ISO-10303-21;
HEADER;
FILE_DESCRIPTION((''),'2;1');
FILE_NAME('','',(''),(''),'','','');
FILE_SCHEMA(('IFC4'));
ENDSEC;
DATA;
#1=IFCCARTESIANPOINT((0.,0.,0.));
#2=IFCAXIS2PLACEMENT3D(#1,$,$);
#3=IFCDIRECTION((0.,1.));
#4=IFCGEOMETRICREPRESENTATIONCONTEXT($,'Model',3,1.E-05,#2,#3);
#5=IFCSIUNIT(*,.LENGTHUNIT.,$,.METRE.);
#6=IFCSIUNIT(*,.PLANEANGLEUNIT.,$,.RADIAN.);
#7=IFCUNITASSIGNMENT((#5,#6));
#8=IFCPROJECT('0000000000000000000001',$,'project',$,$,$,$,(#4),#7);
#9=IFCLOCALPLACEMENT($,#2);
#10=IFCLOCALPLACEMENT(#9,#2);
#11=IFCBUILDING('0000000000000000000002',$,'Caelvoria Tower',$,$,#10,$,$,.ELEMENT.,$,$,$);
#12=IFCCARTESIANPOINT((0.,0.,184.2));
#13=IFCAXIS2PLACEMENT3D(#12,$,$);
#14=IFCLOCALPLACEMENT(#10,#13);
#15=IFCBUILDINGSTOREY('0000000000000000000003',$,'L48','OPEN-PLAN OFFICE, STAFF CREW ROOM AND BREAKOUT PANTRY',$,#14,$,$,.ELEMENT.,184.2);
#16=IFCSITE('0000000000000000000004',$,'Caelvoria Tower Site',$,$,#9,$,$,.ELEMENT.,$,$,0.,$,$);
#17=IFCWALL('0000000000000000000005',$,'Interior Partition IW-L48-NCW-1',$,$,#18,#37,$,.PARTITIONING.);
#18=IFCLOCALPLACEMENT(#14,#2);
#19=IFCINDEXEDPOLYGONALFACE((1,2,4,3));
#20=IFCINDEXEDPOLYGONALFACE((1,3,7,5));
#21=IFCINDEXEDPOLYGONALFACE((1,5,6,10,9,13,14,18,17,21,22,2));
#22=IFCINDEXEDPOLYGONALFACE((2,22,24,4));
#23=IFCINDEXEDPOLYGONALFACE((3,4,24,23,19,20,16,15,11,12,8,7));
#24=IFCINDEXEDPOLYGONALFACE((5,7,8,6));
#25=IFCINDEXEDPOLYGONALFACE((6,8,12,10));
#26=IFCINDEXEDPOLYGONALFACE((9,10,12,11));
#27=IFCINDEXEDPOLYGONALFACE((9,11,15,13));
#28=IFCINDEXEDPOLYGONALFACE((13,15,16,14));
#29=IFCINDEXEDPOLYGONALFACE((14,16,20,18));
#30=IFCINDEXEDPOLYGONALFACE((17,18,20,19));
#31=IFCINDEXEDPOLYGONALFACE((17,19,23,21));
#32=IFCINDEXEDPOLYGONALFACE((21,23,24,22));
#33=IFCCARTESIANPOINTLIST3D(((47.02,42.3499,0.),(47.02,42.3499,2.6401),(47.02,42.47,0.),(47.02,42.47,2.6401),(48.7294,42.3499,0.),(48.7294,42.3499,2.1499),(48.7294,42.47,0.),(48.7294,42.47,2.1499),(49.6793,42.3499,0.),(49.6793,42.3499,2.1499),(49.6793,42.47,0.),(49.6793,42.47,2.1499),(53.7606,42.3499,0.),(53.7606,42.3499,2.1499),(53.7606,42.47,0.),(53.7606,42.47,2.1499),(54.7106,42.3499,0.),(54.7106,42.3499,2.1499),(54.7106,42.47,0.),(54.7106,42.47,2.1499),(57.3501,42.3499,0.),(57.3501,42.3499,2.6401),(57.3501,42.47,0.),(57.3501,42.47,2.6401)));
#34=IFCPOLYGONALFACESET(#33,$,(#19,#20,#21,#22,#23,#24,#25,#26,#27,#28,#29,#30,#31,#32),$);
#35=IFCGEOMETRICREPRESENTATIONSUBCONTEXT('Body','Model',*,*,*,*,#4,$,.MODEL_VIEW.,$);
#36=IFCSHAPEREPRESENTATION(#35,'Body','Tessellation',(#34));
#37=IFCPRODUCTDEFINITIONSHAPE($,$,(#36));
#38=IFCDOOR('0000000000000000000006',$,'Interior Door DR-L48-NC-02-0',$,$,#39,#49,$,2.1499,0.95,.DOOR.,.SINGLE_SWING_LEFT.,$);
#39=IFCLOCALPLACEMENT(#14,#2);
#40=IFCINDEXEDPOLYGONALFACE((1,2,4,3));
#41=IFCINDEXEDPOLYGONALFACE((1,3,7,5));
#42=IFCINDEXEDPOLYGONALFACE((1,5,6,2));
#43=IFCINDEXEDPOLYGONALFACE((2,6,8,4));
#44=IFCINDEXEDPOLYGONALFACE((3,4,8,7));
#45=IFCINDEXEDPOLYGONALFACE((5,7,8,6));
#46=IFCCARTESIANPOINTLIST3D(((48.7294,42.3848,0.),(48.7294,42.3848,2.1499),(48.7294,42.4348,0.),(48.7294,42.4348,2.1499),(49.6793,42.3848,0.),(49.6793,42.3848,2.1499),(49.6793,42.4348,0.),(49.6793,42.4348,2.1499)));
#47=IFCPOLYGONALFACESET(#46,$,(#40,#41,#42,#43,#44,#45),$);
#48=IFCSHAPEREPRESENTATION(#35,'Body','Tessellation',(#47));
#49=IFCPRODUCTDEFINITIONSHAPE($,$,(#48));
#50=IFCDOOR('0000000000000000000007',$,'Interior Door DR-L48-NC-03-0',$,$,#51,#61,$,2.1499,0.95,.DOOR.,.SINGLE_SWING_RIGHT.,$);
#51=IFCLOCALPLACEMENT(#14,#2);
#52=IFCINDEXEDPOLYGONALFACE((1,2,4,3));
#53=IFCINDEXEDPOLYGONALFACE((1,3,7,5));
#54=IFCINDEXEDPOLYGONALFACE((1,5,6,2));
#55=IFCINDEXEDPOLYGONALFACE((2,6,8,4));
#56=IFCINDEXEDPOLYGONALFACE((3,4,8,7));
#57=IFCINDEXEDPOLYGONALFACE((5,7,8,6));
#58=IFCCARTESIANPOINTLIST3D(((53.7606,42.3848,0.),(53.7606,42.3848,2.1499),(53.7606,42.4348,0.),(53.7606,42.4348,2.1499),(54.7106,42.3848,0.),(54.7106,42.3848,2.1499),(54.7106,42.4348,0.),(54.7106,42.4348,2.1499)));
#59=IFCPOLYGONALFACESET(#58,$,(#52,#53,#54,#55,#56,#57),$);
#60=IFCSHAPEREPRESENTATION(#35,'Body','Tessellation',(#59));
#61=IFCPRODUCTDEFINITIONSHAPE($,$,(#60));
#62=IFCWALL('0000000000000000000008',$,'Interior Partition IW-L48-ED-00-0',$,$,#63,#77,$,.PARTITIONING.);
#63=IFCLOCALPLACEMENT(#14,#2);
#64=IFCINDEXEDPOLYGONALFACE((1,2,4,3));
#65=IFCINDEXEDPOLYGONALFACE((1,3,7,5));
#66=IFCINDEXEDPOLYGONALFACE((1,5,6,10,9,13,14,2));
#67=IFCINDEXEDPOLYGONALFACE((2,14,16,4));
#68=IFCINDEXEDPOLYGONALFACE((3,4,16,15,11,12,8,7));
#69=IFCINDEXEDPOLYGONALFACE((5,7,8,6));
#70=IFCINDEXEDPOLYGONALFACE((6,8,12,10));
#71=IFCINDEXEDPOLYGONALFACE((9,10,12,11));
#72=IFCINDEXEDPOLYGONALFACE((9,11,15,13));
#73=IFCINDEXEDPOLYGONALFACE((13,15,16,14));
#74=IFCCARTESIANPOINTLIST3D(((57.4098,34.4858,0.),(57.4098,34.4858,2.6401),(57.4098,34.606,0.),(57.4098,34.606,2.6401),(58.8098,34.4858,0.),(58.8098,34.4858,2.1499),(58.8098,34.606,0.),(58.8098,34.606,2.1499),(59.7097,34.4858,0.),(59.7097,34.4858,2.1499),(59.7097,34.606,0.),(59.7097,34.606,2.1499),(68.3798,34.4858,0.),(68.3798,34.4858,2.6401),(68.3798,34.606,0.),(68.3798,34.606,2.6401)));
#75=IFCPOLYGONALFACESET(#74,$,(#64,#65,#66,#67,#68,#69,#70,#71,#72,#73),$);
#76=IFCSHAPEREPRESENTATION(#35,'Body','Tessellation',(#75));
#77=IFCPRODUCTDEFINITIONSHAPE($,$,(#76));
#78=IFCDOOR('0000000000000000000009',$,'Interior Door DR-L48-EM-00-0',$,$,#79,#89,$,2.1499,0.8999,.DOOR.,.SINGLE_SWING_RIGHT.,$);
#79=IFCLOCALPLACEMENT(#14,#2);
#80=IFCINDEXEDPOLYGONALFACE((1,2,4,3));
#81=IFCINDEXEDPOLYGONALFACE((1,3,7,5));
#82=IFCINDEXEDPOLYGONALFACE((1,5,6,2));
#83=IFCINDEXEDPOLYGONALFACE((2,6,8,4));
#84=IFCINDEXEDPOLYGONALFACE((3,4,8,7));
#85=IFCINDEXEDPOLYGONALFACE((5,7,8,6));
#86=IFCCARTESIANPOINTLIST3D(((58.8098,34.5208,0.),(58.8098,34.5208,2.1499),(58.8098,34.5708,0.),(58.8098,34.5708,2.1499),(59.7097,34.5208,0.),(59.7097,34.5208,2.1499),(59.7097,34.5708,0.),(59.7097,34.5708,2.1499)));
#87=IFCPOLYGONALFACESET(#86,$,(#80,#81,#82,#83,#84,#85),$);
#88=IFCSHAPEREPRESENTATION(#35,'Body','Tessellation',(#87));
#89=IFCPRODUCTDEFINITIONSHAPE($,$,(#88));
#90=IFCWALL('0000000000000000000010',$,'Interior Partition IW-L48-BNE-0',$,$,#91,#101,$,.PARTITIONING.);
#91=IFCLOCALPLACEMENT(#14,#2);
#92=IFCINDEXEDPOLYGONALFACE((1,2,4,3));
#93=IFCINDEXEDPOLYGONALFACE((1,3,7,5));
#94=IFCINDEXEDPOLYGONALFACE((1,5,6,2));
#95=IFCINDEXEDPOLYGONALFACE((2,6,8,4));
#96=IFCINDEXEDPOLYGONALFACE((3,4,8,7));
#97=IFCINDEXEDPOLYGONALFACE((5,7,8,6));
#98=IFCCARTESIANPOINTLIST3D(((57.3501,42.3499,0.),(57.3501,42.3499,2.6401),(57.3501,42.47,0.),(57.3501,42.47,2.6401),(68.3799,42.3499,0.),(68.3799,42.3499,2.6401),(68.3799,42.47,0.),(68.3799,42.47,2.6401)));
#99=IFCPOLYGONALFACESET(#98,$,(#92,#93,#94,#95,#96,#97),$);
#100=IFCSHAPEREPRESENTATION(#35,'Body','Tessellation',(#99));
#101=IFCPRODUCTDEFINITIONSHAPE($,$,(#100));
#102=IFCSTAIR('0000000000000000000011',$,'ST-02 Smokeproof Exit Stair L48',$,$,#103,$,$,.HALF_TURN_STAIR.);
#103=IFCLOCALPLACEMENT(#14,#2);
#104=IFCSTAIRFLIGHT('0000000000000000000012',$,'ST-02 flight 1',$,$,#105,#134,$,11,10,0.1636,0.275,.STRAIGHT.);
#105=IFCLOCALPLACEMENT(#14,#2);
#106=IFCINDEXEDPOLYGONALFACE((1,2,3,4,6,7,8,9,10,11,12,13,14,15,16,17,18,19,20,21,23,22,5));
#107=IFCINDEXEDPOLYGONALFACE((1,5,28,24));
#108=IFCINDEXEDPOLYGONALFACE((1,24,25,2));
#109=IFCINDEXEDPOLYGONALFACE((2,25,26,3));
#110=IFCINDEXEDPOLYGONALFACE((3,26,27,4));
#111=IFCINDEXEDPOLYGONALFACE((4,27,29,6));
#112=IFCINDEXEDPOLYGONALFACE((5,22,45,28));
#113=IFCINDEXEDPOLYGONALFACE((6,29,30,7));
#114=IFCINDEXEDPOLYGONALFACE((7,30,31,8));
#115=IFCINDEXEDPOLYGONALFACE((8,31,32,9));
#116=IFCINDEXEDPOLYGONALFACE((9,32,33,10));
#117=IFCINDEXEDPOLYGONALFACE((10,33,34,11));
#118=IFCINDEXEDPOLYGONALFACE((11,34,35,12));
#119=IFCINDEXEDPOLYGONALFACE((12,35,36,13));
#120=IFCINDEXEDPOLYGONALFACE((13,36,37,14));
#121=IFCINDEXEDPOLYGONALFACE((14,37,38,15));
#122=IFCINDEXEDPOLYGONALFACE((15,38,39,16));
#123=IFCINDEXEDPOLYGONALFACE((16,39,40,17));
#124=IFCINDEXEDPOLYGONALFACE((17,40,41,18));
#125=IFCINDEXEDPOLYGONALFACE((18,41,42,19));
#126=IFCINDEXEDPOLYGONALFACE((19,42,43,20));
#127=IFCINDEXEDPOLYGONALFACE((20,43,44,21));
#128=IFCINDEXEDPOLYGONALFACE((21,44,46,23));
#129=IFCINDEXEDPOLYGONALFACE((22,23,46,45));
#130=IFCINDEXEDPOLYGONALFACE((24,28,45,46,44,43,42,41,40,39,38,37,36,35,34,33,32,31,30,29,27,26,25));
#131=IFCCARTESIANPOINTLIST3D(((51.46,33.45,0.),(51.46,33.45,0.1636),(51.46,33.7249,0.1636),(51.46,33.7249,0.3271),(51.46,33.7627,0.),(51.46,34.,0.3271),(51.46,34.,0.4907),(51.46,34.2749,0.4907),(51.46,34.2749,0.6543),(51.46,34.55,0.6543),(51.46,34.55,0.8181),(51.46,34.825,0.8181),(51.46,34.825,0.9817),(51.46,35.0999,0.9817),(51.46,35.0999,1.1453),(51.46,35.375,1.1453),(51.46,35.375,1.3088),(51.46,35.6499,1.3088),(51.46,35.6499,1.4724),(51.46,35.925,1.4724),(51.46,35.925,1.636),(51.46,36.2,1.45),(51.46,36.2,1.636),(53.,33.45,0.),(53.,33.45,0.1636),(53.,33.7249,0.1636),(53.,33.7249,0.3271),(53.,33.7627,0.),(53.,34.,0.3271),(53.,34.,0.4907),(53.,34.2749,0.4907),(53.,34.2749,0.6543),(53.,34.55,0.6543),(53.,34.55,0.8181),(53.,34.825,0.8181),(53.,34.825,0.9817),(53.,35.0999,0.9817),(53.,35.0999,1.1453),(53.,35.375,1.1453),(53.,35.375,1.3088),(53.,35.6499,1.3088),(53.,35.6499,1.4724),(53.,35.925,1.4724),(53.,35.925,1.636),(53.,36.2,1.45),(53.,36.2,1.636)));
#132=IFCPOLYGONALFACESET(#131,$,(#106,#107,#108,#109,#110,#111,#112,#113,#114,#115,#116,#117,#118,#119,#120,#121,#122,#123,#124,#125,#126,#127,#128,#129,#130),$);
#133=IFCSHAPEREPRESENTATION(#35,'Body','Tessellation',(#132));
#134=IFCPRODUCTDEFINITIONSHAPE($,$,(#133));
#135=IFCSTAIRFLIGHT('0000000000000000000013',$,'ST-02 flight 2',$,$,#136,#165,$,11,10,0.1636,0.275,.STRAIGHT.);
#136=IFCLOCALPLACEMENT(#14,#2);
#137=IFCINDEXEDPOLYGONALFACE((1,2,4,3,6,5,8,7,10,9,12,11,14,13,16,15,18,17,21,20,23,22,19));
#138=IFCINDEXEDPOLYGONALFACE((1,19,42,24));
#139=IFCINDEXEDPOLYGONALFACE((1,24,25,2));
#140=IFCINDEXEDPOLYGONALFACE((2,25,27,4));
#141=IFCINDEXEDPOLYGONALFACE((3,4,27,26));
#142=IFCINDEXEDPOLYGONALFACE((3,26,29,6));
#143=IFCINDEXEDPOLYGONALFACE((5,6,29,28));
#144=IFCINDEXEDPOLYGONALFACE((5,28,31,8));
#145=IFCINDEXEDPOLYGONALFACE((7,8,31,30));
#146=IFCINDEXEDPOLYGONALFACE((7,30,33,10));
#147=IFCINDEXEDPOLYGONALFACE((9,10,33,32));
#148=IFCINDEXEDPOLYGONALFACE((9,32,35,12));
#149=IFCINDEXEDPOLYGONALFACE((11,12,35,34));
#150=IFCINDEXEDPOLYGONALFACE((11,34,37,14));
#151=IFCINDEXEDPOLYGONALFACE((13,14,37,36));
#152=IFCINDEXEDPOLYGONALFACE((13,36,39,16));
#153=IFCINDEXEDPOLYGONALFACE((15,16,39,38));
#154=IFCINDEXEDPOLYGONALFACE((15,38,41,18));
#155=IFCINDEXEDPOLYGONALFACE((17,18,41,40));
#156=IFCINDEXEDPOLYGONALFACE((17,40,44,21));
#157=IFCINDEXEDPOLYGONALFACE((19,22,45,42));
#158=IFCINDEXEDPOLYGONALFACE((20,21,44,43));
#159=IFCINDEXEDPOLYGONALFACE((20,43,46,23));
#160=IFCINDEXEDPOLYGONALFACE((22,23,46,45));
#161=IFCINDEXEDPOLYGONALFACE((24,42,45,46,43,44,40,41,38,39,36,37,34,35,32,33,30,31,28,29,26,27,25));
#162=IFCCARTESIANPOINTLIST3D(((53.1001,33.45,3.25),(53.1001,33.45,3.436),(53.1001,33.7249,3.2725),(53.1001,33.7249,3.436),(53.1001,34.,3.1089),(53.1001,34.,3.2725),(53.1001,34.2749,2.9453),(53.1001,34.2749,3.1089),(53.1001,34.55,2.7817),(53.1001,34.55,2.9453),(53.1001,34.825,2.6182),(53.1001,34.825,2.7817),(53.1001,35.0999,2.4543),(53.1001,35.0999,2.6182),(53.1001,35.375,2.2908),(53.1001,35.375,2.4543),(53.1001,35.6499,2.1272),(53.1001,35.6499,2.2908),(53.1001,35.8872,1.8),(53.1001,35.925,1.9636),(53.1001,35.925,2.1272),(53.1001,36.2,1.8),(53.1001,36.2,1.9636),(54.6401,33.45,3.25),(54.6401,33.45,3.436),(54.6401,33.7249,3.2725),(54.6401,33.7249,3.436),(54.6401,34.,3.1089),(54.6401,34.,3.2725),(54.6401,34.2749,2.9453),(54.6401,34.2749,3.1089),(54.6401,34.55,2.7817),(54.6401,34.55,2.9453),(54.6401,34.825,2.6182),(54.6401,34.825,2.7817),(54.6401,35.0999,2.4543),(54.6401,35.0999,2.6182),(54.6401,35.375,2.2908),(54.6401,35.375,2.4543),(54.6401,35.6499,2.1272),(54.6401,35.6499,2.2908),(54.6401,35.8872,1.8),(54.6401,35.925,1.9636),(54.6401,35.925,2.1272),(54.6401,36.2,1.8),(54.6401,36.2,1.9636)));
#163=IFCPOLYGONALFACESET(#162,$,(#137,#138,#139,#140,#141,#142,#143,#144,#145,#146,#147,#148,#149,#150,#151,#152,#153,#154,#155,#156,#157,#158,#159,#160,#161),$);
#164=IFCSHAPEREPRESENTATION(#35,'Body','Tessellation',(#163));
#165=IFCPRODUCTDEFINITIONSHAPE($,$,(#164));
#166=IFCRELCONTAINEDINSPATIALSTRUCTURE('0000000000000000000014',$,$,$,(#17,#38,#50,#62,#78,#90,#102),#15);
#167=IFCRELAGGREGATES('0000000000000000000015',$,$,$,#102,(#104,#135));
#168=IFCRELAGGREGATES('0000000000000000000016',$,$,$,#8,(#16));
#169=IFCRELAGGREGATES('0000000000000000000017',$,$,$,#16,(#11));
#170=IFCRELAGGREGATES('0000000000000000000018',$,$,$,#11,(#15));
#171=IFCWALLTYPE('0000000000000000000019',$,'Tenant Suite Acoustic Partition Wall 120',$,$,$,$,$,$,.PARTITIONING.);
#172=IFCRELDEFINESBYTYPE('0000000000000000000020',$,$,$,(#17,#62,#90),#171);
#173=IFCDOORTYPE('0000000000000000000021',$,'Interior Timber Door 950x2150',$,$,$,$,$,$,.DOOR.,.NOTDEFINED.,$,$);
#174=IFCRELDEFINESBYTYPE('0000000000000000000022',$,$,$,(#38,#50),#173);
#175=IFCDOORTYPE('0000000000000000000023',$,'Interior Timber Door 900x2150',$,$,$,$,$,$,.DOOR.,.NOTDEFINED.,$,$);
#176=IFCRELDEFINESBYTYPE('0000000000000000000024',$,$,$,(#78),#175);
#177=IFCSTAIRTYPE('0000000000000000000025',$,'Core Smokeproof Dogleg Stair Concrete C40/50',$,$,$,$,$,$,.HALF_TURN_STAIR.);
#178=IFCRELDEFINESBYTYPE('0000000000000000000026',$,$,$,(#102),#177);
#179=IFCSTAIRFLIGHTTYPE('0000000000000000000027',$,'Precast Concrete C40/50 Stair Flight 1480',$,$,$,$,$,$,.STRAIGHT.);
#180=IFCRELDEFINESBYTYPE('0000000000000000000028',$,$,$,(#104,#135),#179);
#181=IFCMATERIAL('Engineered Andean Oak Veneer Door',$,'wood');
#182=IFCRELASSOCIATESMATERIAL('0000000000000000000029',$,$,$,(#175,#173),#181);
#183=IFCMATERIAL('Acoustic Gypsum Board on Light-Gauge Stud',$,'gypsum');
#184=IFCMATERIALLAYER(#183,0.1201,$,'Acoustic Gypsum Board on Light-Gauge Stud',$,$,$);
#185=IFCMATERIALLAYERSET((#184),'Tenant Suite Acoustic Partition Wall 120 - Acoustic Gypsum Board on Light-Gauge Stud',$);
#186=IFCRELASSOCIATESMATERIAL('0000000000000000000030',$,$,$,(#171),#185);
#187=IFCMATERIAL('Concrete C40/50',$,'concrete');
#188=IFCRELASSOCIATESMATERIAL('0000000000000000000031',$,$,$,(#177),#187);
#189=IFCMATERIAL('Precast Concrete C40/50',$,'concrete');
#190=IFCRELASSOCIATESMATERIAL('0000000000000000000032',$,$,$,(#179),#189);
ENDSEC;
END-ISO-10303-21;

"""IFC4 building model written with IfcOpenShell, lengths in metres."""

from ifc_helpers import new_model, si_unit, direction, frame, frame_2d, origin, place, context, subcontext, project, spatial, polyline, rectangle, outline, extrude, material, layer, layer_set, type_object, element, fill, aggregate, save


model = new_model("IFC4")

# Units and contexts
model_context = context("Model", 3, precision=1e-05, world=origin(), true_north=direction((0.0, 1.0)))
body_context = subcontext(model_context, "Body", "Model", "MODEL_VIEW")
ifc_project = project(units=[si_unit("LENGTHUNIT", "METRE"), si_unit("PLANEANGLEUNIT", "RADIAN")], contexts=[model_context])

# Site, building, storey
site_placement = place(None, origin())
site = spatial("IfcSite", under=ifc_project, at=site_placement, Name="Caelvoria Tower Site", CompositionType="ELEMENT", RefElevation=0.0)
building_placement = place(site_placement, origin())
building = spatial("IfcBuilding", under=site, at=building_placement, Name="Caelvoria Tower", CompositionType="ELEMENT")
storey_placement = place(building_placement, frame((0.0, 0.0, 184.2)))
storey = spatial("IfcBuildingStorey", under=building, at=storey_placement, Name="L48", Description="OPEN-PLAN OFFICE, STAFF CREW ROOM AND BREAKOUT PANTRY", CompositionType="ELEMENT", Elevation=184.2)

# Shared definitions
ifc_material_1 = material(Name="Engineered Andean Oak Veneer Door", Category="wood")
door_type_1 = type_object("IfcDoorType", Name="Interior Timber Door 900x2150", OperationType="NOTDEFINED", PredefinedType="DOOR", material=ifc_material_1)
ifc_material_2 = material(Name="Acoustic Gypsum Board on Light-Gauge Stud", Category="gypsum")
ifc_layer_1 = layer(ifc_material_2, 0.1201, Name="Acoustic Gypsum Board on Light-Gauge Stud")
ifc_layer_set_1 = layer_set([ifc_layer_1], Name="Tenant Suite Acoustic Partition Wall 120 - Acoustic Gypsum Board on Light-Gauge Stud")
wall_type_1 = type_object("IfcWallType", Name="Tenant Suite Acoustic Partition Wall 120", PredefinedType="PARTITIONING", material=ifc_layer_set_1)

# Wall, openings, doors
wall_1_placement = place(storey_placement, frame((47.02, 42.4099, 0.0), z_axis=(0.0, 0.0, 1.0), x_axis=(1.0, 0.0, 0.0)))
wall_1 = element("IfcWall", 1, at=wall_1_placement, inside=storey, type_object=wall_type_1, Name="Interior Partition IW-L48-NCW-1", PredefinedType="PARTITIONING", context=body_context, shape_type="SweptSolid", body=[
    extrude(rectangle(XDim=10.3301, YDim=0.1201, at=frame_2d((5.165, 0.0))), origin(), (0.0, 0.0, 1.0), 2.6401),
])
opening_1_placement = place(wall_1_placement, frame((1.7092, 0.0, 0.0)))
opening_1 = element("IfcOpeningElement", 2, at=opening_1_placement, cuts=wall_1, PredefinedType="OPENING", context=body_context, shape_type="SweptSolid", body=[
    extrude(rectangle(XDim=0.95, YDim=2.1499, at=frame_2d((0.4751, 1.075))), frame((0.0, 0.0701, 0.0), z_axis=(0.0, -1.0, 0.0), x_axis=(1.0, 0.0, 0.0)), (0.0, 0.0, 1.0), 0.1401),
])
opening_2_placement = place(wall_1_placement, frame((6.7405, 0.0, 0.0)))
opening_2 = element("IfcOpeningElement", 3, at=opening_2_placement, cuts=wall_1, PredefinedType="OPENING", context=body_context, shape_type="SweptSolid", body=[
    extrude(rectangle(XDim=0.95, YDim=2.1499, at=frame_2d((0.4751, 1.075))), frame((0.0, 0.0701, 0.0), z_axis=(0.0, -1.0, 0.0), x_axis=(1.0, 0.0, 0.0)), (0.0, 0.0, 1.0), 0.1401),
])
door_type_2 = type_object("IfcDoorType", Name="Interior Timber Door 950x2150", OperationType="NOTDEFINED", PredefinedType="DOOR", material=ifc_material_1)
door_1_placement = place(opening_1_placement, origin())
door_1 = element("IfcDoor", 4, at=door_1_placement, inside=storey, type_object=door_type_2, Name="Interior Door DR-L48-NC-02-0", OperationType="SINGLE_SWING_LEFT", OverallHeight=2.1499, OverallWidth=0.95, PredefinedType="DOOR", context=body_context, shape_type="SweptSolid", body=[
    extrude(rectangle(XDim=0.95, YDim=2.1499, at=frame_2d((0.4751, 1.075))), frame((0.0, 0.0249, 0.0), z_axis=(0.0, -1.0, 0.0), x_axis=(1.0, 0.0, 0.0)), (0.0, 0.0, 1.0), 0.05),
])
fill(opening_1, door_1)
door_2_placement = place(opening_2_placement, origin())
door_2 = element("IfcDoor", 5, at=door_2_placement, inside=storey, type_object=door_type_2, Name="Interior Door DR-L48-NC-03-0", OperationType="SINGLE_SWING_RIGHT", OverallHeight=2.1499, OverallWidth=0.95, PredefinedType="DOOR", context=body_context, shape_type="SweptSolid", body=[
    extrude(rectangle(XDim=0.95, YDim=2.1499, at=frame_2d((0.4751, 1.075))), frame((0.0, 0.0249, 0.0), z_axis=(0.0, -1.0, 0.0), x_axis=(1.0, 0.0, 0.0)), (0.0, 0.0, 1.0), 0.05),
])
fill(opening_2, door_2)

# Wall, opening, door
wall_2_placement = place(storey_placement, frame((57.4099, 34.5459, 0.0), z_axis=(0.0, 0.0, 1.0), x_axis=(1.0, 0.0, 0.0)))
wall_2 = element("IfcWall", 6, at=wall_2_placement, inside=storey, type_object=wall_type_1, Name="Interior Partition IW-L48-ED-00-0", PredefinedType="PARTITIONING", context=body_context, shape_type="SweptSolid", body=[
    extrude(rectangle(XDim=10.97, YDim=0.1201, at=frame_2d((5.4849, 0.0))), origin(), (0.0, 0.0, 1.0), 2.6401),
])
opening_3_placement = place(wall_2_placement, frame((1.3999, 0.0, 0.0)))
opening_3 = element("IfcOpeningElement", 7, at=opening_3_placement, cuts=wall_2, PredefinedType="OPENING", context=body_context, shape_type="SweptSolid", body=[
    extrude(rectangle(XDim=0.8999, YDim=2.1499, at=frame_2d((0.45, 1.075))), frame((0.0, 0.0701, 0.0), z_axis=(0.0, -1.0, 0.0), x_axis=(1.0, 0.0, 0.0)), (0.0, 0.0, 1.0), 0.1401),
])
door_3_placement = place(opening_3_placement, origin())
door_3 = element("IfcDoor", 8, at=door_3_placement, inside=storey, type_object=door_type_1, Name="Interior Door DR-L48-EM-00-0", OperationType="SINGLE_SWING_RIGHT", OverallHeight=2.1499, OverallWidth=0.8999, PredefinedType="DOOR", context=body_context, shape_type="SweptSolid", body=[
    extrude(rectangle(XDim=0.8999, YDim=2.1499, at=frame_2d((0.45, 1.075))), frame((0.0, 0.0249, 0.0), z_axis=(0.0, -1.0, 0.0), x_axis=(1.0, 0.0, 0.0)), (0.0, 0.0, 1.0), 0.05),
])
fill(opening_3, door_3)

# Wall
wall_3_placement = place(storey_placement, frame((57.3501, 42.4099, 0.0), z_axis=(0.0, 0.0, 1.0), x_axis=(1.0, 0.0, 0.0)))
element("IfcWall", 9, at=wall_3_placement, inside=storey, type_object=wall_type_1, Name="Interior Partition IW-L48-BNE-0", PredefinedType="PARTITIONING", context=body_context, shape_type="SweptSolid", body=[
    extrude(rectangle(XDim=11.0298, YDim=0.1201, at=frame_2d((5.5149, 0.0))), origin(), (0.0, 0.0, 1.0), 2.6401),
])

# Stair, stair flights
ifc_material_3 = material(Name="Concrete C40/50", Category="concrete")
stair_type = type_object("IfcStairType", Name="Core Smokeproof Dogleg Stair Concrete C40/50", PredefinedType="HALF_TURN_STAIR", material=ifc_material_3)
stair_placement = place(storey_placement, origin())
stair = element("IfcStair", 10, at=stair_placement, inside=storey, type_object=stair_type, Name="ST-02 Smokeproof Exit Stair L48", PredefinedType="HALF_TURN_STAIR")
ifc_material_4 = material(Name="Precast Concrete C40/50", Category="concrete")
stair_flight_type = type_object("IfcStairFlightType", Name="Precast Concrete C40/50 Stair Flight 1480", PredefinedType="STRAIGHT", material=ifc_material_4)
stair_flight_1_placement = place(storey_placement, frame((52.23, 33.45, 0.0), z_axis=(0.0, 0.0, 1.0), x_axis=(0.0, 1.0, 0.0)))
stair_flight_1 = element("IfcStairFlight", 11, at=stair_flight_1_placement, type_object=stair_flight_type, Name="ST-02 flight 1", NumberOfRisers=11, NumberOfTreads=10, PredefinedType="STRAIGHT", RiserHeight=0.1636, TreadLength=0.275, context=body_context, shape_type="SweptSolid", body=[
    extrude(outline(polyline([(0.0, 0.0), (0.0, 0.1636), (0.2749, 0.1636), (0.2749, 0.3271), (0.55, 0.3271), (0.55, 0.4907), (0.825, 0.4907), (0.825, 0.6543), (1.1001, 0.6543), (1.1001, 0.8181), (1.375, 0.8181), (1.375, 0.9817), (1.6499, 0.9817), (1.6499, 1.1453), (1.925, 1.1453), (1.925, 1.3088), (2.2, 1.3088), (2.2, 1.4724), (2.4751, 1.4724), (2.4751, 1.636), (2.75, 1.636), (2.75, 1.7996), (2.75, 1.45), (0.3127, 0.0), (0.0, 0.0)])), frame((0.0, 0.77, 0.0), z_axis=(0.0, -1.0, 0.0), x_axis=(1.0, 0.0, 0.0)), (0.0, 0.0, 1.0), 1.54),
])
stair_flight_2_placement = place(storey_placement, frame((53.8701, 36.2, 1.8), z_axis=(0.0, 0.0, 1.0), x_axis=(0.0, -1.0, 0.0)))
stair_flight_2 = element("IfcStairFlight", 12, at=stair_flight_2_placement, type_object=stair_flight_type, Name="ST-02 flight 2", NumberOfRisers=11, NumberOfTreads=10, PredefinedType="STRAIGHT", RiserHeight=0.1636, TreadLength=0.275, context=body_context, shape_type="SweptSolid", body=[
    extrude(outline(polyline([(0.0, 0.0), (0.0, 0.1636), (0.2749, 0.1636), (0.2749, 0.3271), (0.55, 0.3271), (0.55, 0.4907), (0.825, 0.4907), (0.825, 0.6543), (1.1001, 0.6543), (1.1001, 0.8181), (1.375, 0.8181), (1.375, 0.9817), (1.6499, 0.9817), (1.6499, 1.1453), (1.925, 1.1453), (1.925, 1.3088), (2.2, 1.3088), (2.2, 1.4724), (2.4751, 1.4724), (2.4751, 1.636), (2.75, 1.636), (2.75, 1.7996), (2.75, 1.45), (0.3127, 0.0), (0.0, 0.0)])), frame((0.0, 0.77, 0.0), z_axis=(0.0, -1.0, 0.0), x_axis=(1.0, 0.0, 0.0)), (0.0, 0.0, 1.0), 1.54),
])
aggregate(stair, [stair_flight_1, stair_flight_2])

save(model, "model.ifc")
